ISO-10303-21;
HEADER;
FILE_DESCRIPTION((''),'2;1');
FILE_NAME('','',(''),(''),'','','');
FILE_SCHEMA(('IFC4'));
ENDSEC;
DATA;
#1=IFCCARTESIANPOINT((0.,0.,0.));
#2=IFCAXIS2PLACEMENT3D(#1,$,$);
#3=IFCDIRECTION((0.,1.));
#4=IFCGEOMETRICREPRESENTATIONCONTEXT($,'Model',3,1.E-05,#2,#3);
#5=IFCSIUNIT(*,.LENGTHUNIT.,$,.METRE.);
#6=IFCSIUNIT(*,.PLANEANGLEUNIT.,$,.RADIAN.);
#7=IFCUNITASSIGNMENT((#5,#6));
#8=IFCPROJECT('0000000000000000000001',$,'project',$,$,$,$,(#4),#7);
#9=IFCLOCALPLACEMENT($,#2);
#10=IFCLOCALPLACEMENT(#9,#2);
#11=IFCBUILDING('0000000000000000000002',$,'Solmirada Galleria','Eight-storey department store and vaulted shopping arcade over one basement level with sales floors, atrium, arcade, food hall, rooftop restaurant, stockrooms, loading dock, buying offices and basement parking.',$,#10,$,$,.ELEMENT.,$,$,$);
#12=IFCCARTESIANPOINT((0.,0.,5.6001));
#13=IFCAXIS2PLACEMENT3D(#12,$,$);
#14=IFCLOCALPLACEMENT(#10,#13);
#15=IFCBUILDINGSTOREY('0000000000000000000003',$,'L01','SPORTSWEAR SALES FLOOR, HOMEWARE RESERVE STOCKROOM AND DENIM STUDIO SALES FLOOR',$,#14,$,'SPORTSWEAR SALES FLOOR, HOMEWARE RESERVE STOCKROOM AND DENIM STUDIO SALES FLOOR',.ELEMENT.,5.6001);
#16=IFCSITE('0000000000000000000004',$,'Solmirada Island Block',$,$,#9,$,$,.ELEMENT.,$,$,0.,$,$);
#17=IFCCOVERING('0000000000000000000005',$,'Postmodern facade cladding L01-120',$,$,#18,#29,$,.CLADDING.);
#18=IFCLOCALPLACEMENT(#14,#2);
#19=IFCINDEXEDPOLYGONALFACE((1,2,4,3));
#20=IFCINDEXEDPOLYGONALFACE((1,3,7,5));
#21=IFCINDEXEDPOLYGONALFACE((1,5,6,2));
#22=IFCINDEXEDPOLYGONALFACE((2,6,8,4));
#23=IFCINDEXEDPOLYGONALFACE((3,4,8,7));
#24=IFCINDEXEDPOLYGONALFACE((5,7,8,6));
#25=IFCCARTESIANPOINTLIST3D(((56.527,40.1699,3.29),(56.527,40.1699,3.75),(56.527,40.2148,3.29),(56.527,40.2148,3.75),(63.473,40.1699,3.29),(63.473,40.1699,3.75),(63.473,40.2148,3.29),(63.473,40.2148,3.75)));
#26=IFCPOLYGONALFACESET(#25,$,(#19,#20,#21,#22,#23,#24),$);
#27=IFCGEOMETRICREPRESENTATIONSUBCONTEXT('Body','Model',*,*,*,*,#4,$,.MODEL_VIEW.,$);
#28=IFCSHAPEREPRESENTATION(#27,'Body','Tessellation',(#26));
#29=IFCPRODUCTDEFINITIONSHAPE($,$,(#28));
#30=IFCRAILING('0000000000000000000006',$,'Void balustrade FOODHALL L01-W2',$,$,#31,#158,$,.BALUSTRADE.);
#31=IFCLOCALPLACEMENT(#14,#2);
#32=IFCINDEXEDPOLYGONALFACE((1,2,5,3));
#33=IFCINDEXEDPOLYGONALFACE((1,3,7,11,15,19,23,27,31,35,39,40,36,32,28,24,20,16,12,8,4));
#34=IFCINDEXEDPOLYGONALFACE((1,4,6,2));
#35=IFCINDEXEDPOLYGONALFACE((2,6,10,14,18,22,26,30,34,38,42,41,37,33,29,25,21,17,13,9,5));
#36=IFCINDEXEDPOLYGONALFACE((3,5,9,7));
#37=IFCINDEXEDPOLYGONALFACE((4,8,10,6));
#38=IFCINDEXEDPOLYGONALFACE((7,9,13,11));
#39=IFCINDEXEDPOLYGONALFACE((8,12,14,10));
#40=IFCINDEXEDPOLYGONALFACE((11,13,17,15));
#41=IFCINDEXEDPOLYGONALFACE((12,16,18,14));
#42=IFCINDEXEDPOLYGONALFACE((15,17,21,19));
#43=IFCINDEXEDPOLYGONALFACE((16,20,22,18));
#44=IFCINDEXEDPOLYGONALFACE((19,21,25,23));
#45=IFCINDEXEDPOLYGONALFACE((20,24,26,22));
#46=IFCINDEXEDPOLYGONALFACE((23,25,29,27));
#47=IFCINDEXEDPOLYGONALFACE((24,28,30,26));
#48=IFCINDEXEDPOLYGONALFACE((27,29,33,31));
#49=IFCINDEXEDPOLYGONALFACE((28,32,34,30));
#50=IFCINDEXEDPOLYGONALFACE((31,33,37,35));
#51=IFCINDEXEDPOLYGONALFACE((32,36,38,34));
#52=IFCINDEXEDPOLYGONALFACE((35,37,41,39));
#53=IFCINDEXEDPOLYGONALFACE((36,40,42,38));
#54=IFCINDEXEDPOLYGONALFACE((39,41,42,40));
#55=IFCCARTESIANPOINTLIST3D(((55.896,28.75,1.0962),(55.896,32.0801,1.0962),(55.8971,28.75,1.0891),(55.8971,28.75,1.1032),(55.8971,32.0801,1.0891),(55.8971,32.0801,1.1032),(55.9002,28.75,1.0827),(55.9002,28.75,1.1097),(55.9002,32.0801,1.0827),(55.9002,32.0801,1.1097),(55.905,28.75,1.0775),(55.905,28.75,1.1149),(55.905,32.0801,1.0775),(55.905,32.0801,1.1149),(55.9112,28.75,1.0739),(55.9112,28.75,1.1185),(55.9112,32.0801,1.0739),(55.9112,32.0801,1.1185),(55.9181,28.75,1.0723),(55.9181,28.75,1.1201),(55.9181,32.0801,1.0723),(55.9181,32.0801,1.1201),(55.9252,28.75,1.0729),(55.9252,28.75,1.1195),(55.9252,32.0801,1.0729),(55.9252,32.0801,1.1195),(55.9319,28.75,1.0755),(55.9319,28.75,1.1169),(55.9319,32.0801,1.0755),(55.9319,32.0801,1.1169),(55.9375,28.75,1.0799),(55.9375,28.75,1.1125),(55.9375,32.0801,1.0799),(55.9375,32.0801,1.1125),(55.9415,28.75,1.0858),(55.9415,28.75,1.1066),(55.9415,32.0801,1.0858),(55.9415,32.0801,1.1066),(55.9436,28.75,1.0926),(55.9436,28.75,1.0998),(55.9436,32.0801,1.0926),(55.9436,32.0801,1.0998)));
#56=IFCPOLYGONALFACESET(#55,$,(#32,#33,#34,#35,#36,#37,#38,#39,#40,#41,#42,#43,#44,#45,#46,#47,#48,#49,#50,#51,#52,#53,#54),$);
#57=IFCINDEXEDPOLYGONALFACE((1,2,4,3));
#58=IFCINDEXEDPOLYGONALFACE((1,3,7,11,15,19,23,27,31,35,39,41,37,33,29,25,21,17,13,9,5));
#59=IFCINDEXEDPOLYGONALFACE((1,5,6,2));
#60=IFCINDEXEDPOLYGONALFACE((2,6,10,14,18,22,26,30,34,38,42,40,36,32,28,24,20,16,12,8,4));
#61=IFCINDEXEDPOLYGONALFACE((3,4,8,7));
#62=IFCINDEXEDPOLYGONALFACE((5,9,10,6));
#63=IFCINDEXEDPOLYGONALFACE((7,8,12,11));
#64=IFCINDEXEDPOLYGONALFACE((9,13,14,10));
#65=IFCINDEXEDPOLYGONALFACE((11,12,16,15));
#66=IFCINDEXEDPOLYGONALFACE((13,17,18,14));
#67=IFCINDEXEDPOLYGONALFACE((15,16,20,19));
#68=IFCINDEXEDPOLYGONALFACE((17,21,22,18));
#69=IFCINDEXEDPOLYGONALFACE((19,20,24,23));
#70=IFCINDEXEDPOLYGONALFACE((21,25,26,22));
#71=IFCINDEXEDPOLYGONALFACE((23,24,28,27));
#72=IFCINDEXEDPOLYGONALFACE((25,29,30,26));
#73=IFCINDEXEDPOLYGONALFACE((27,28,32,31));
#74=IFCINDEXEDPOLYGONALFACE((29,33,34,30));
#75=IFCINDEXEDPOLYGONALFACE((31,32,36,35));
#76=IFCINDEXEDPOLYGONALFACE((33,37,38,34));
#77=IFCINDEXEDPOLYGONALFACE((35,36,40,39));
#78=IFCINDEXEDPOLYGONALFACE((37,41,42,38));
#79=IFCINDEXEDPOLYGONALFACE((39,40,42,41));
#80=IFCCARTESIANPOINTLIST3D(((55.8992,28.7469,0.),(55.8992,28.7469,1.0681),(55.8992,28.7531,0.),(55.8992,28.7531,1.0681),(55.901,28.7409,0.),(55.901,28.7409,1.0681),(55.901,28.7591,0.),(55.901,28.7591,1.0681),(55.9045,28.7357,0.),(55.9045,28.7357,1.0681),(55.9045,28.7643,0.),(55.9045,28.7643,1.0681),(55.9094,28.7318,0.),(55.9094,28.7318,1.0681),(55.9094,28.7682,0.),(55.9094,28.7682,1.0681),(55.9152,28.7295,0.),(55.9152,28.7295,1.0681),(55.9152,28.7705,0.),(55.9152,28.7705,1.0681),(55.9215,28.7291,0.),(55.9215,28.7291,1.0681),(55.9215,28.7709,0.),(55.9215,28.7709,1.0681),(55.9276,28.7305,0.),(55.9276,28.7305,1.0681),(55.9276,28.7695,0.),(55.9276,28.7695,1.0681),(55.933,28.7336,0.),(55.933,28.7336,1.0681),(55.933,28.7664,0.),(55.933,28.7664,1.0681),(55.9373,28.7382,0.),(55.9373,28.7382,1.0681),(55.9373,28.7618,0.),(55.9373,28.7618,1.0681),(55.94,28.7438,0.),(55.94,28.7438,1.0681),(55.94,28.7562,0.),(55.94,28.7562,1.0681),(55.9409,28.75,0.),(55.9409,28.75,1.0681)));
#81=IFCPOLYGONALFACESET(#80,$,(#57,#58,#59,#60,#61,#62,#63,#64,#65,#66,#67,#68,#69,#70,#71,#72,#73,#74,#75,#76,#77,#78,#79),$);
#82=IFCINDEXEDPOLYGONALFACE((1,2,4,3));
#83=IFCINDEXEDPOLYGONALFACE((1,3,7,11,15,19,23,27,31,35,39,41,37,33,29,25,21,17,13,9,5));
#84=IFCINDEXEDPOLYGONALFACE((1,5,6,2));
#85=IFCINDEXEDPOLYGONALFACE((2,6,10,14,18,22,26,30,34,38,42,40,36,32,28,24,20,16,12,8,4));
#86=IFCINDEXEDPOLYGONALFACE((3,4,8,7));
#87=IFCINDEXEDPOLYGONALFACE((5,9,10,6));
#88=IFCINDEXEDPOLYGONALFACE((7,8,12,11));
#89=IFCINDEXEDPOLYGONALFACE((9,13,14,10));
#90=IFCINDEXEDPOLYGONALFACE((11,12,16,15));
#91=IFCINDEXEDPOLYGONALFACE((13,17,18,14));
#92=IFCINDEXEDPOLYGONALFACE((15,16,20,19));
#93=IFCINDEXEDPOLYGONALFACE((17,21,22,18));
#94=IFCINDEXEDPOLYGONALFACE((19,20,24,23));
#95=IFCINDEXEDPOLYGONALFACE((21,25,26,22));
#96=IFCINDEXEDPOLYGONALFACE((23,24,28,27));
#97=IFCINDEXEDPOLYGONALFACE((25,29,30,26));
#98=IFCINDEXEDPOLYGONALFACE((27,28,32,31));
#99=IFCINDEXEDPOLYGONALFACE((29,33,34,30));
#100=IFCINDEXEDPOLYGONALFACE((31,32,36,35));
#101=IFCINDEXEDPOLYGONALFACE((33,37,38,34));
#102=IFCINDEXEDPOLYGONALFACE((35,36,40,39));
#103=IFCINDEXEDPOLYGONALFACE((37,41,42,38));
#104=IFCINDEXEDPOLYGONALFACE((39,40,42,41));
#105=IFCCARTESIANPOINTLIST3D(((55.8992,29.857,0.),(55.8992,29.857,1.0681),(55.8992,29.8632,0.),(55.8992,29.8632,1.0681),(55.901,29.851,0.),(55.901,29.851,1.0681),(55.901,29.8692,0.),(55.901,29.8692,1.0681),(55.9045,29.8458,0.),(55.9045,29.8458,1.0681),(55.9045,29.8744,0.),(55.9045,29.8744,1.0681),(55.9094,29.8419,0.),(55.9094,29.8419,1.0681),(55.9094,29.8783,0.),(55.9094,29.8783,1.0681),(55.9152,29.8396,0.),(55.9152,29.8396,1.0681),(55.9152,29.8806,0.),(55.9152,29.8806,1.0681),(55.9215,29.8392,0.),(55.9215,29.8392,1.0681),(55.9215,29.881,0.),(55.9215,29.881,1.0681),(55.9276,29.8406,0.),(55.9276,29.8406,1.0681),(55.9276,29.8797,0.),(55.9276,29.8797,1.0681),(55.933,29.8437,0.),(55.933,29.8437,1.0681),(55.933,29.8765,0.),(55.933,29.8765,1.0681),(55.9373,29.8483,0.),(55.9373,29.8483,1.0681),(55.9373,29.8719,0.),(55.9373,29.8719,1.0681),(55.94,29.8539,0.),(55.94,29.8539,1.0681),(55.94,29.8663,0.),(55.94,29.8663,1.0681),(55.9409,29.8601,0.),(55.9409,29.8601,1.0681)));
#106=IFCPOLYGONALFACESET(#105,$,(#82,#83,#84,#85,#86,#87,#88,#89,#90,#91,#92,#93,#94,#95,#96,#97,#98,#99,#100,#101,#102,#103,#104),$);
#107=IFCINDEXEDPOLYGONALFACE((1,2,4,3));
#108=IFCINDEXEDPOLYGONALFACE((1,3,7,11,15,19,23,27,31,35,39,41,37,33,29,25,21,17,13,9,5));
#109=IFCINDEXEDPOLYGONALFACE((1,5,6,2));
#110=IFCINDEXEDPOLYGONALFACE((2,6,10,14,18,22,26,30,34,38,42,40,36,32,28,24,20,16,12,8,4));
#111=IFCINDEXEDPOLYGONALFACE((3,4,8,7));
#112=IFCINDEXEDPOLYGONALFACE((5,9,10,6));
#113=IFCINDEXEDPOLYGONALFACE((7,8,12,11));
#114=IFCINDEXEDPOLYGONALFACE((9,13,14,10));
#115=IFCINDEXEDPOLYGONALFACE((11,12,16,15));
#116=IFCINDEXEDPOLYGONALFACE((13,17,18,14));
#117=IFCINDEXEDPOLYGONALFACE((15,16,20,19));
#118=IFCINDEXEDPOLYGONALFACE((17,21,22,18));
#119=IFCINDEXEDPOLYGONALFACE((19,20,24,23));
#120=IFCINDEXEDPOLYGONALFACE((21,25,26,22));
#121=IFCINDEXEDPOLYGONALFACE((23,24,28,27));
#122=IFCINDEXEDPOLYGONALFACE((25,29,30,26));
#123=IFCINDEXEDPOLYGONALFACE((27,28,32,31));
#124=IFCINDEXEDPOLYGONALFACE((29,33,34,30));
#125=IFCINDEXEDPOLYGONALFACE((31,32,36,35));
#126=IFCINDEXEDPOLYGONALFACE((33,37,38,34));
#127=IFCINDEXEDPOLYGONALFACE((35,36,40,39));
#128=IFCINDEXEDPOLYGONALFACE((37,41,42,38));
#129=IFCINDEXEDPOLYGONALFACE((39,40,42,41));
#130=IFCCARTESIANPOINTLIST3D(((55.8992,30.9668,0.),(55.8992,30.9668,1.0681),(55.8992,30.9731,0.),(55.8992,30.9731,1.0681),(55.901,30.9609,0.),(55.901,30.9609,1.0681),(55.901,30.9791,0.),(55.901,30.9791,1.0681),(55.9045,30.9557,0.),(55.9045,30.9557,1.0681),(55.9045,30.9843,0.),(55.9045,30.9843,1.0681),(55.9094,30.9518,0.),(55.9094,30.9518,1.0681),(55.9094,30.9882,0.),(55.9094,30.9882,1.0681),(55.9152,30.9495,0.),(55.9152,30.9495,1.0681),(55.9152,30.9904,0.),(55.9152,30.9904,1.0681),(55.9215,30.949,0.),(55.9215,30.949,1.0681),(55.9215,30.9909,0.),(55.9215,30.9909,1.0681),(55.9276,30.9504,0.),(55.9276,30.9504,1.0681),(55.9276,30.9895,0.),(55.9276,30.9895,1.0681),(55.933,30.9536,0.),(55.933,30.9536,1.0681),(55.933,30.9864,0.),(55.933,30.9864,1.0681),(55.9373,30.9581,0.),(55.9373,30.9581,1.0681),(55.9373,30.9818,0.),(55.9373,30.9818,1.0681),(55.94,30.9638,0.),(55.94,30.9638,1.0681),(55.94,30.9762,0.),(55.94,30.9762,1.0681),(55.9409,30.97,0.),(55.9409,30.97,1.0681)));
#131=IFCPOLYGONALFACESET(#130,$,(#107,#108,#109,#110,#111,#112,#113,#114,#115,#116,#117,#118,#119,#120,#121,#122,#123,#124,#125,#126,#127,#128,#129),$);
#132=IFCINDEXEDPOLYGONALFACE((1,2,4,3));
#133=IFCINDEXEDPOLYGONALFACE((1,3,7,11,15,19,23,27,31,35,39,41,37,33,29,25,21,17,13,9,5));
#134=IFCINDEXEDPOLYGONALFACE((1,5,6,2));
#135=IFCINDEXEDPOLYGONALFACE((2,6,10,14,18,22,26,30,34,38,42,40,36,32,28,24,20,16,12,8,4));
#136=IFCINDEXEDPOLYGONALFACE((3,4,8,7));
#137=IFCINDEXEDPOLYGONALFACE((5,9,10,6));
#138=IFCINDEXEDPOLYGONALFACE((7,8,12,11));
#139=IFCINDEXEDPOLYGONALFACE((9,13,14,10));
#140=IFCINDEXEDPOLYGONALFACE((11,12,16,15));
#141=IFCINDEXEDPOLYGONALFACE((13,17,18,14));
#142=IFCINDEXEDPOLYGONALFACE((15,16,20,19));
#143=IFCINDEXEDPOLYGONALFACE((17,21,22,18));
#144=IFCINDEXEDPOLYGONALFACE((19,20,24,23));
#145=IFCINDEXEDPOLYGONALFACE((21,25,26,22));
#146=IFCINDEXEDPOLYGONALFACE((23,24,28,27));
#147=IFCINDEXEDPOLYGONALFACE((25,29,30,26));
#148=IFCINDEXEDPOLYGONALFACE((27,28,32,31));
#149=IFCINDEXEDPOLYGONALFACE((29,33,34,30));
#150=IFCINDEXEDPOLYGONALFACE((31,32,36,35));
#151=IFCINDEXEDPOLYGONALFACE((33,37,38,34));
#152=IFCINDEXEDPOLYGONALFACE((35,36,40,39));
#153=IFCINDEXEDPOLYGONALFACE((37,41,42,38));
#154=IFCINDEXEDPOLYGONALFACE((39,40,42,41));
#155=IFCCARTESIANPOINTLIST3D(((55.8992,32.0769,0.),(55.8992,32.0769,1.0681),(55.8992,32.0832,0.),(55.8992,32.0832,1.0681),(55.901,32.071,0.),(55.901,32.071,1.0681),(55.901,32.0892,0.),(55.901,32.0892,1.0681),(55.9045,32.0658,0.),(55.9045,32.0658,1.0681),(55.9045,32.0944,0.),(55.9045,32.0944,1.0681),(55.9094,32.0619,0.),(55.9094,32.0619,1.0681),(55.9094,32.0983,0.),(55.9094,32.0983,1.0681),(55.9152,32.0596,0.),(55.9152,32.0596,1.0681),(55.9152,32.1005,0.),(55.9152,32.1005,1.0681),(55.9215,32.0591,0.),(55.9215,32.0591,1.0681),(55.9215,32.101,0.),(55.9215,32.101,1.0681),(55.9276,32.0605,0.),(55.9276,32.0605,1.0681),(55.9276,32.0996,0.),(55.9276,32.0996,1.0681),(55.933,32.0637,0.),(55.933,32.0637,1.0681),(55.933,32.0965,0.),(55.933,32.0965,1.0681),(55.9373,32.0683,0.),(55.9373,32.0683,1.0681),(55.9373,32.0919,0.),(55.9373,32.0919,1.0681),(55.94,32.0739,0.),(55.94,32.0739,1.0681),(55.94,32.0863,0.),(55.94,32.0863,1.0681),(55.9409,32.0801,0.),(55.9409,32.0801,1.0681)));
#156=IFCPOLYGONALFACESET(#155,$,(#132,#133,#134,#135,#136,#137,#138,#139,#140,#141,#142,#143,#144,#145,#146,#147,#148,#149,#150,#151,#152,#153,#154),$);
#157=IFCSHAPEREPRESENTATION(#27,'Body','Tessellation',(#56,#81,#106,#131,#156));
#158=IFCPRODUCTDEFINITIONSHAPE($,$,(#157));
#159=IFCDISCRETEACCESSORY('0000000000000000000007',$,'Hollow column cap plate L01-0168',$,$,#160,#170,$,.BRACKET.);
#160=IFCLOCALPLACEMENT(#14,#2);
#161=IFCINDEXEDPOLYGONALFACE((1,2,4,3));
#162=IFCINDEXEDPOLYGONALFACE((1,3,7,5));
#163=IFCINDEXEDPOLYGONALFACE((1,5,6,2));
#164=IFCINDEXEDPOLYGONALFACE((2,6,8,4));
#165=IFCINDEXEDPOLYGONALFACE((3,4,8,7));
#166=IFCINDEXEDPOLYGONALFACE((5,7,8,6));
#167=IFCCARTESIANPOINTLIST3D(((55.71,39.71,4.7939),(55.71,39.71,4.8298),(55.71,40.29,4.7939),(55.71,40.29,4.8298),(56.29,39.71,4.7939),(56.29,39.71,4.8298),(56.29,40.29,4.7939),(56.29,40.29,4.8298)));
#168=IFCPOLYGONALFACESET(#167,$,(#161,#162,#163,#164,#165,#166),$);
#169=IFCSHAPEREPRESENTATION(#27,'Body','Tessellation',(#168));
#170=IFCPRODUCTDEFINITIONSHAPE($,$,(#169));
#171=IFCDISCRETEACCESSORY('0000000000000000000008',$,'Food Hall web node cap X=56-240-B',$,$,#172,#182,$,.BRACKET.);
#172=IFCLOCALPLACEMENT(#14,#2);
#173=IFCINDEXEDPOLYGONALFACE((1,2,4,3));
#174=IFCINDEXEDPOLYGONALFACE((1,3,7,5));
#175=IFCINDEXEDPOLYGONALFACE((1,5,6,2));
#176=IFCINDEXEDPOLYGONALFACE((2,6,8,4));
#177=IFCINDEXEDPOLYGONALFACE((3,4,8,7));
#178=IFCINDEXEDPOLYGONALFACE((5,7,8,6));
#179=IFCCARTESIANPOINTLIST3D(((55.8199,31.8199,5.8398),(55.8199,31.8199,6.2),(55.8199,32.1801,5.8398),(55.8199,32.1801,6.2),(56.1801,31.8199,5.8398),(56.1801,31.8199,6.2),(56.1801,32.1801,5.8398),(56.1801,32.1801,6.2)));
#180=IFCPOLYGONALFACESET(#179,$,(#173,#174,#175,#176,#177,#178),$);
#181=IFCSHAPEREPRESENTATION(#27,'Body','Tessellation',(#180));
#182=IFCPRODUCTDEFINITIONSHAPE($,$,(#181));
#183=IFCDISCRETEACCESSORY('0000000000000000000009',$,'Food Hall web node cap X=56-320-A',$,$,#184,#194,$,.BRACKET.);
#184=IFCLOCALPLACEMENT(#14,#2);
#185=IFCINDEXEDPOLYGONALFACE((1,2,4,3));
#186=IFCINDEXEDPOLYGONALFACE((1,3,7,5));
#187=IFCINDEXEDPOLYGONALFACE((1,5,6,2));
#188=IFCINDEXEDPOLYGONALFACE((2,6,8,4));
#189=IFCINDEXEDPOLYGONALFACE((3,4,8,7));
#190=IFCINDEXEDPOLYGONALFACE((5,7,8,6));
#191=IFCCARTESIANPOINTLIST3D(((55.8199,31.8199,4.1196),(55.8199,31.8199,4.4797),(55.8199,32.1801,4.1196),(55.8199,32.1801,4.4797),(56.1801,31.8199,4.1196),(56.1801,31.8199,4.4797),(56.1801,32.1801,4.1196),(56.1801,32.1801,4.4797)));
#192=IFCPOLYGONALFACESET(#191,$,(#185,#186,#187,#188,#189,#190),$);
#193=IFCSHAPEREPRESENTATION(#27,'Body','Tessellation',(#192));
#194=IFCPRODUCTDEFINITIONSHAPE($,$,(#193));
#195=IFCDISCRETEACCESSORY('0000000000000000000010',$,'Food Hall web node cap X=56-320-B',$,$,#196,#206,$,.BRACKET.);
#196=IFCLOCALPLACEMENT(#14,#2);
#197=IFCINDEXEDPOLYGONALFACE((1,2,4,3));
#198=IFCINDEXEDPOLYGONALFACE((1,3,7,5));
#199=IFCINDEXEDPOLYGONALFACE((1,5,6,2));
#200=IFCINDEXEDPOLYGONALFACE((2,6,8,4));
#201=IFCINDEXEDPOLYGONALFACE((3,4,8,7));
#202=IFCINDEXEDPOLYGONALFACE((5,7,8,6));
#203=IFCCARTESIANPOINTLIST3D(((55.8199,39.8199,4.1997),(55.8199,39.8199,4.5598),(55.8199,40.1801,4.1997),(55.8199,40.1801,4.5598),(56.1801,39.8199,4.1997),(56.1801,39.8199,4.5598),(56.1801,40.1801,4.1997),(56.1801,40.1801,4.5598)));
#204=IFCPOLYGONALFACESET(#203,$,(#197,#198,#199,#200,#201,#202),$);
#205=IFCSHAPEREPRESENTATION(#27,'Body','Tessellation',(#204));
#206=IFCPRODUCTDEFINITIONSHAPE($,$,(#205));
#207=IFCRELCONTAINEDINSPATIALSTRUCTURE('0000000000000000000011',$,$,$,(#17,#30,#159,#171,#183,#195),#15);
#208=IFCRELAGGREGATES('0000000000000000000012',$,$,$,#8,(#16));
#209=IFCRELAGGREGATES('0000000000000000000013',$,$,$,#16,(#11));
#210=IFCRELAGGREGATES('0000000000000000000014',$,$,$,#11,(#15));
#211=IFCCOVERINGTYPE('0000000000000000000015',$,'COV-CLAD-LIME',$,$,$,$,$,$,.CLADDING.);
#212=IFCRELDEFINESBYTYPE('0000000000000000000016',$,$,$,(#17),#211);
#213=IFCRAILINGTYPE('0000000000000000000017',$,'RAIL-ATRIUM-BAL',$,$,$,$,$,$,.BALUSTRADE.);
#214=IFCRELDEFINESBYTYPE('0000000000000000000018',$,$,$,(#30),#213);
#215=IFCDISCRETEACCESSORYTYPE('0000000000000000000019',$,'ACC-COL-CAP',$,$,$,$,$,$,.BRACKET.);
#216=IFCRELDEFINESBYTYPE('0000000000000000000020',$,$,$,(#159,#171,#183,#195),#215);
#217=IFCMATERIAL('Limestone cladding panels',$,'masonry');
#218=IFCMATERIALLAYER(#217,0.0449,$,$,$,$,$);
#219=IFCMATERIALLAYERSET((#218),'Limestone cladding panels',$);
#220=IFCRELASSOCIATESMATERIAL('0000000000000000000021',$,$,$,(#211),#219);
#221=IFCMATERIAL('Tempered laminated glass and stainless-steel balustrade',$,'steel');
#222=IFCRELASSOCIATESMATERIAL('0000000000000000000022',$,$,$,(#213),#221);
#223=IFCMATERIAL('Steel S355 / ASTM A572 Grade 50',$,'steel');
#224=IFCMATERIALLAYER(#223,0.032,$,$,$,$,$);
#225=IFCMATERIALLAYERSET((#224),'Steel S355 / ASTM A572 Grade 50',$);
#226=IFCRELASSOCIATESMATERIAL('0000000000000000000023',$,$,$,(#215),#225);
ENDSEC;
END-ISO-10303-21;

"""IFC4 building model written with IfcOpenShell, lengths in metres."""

from ifc_helpers import new_model, si_unit, direction, frame, origin, origin_2d, place, context, subcontext, project, spatial, rectangle, circle, extrude, material, layer, layer_set, type_object, element, save


model = new_model("IFC4")

# Units and contexts
model_context = context("Model", 3, precision=1e-05, world=origin(), true_north=direction((0.0, 1.0)))
body_context = subcontext(model_context, "Body", "Model", "MODEL_VIEW")
ifc_project = project(units=[si_unit("LENGTHUNIT", "METRE"), si_unit("PLANEANGLEUNIT", "RADIAN")], contexts=[model_context])

# Site, building, storey
site_placement = place(None, origin())
site = spatial("IfcSite", under=ifc_project, at=site_placement, Name="Solmirada Island Block", CompositionType="ELEMENT", RefElevation=0.0)
building_placement = place(site_placement, origin())
building = spatial("IfcBuilding", under=site, at=building_placement, Name="Solmirada Galleria", Description="Eight-storey department store and vaulted shopping arcade over one basement level with sales floors, atrium, arcade, food hall, rooftop restaurant, stockrooms, loading dock, buying offices and basement parking.", CompositionType="ELEMENT")
storey_placement = place(building_placement, frame((0.0, 0.0, 5.6001)))
storey = spatial("IfcBuildingStorey", under=building, at=storey_placement, Name="L01", Description="SPORTSWEAR SALES FLOOR, HOMEWARE RESERVE STOCKROOM AND DENIM STUDIO SALES FLOOR", LongName="SPORTSWEAR SALES FLOOR, HOMEWARE RESERVE STOCKROOM AND DENIM STUDIO SALES FLOOR", CompositionType="ELEMENT", Elevation=5.6001)

# Covering
ifc_material_1 = material(Name="Limestone cladding panels", Category="masonry")
ifc_layer_1 = layer(ifc_material_1, 0.0449)
ifc_layer_set_1 = layer_set([ifc_layer_1], Name="Limestone cladding panels")
covering_type = type_object("IfcCoveringType", Name="COV-CLAD-LIME", PredefinedType="CLADDING", material=ifc_layer_set_1)
covering_placement = place(storey_placement, frame((60.0, 40.1924, 3.29), z_axis=(0.0, 0.0, 1.0), x_axis=(1.0, 0.0, 0.0)))
element("IfcCovering", 1, at=covering_placement, inside=storey, type_object=covering_type, Name="Postmodern facade cladding L01-120", PredefinedType="CLADDING", context=body_context, shape_type="SweptSolid", body=[
    extrude(rectangle(XDim=6.946, YDim=0.0449, at=origin_2d()), origin(), (0.0, 0.0, 1.0), 0.46),
])

# Railing
ifc_material_2 = material(Name="Tempered laminated glass and stainless-steel balustrade", Category="steel")
railing_type = type_object("IfcRailingType", Name="RAIL-ATRIUM-BAL", PredefinedType="BALUSTRADE", material=ifc_material_2)
railing_1_placement = place(storey_placement, frame((55.9199, 28.75, 0.0)))
element("IfcRailing", 2, at=railing_1_placement, inside=storey, type_object=railing_type, Name="Void balustrade FOODHALL L01-W2", PredefinedType="BALUSTRADE", context=body_context, shape_type="SweptSolid", body=[
    extrude(circle(Radius=0.0239, at=origin_2d()), frame((0.0, 0.0, 1.0962), z_axis=(0.0, 1.0, 0.0), x_axis=(-1.0, 0.0, 0.0)), (0.0, 0.0, 1.0), 3.3301),
    extrude(circle(Radius=0.021, at=origin_2d()), origin(), (0.0, 0.0, 1.0), 1.0681),
    extrude(circle(Radius=0.021, at=origin_2d()), frame((0.0, 1.1101, 0.0)), (0.0, 0.0, 1.0), 1.0681),
    extrude(circle(Radius=0.021, at=origin_2d()), frame((0.0, 2.22, 0.0)), (0.0, 0.0, 1.0), 1.0681),
    extrude(circle(Radius=0.021, at=origin_2d()), frame((0.0, 3.3301, 0.0)), (0.0, 0.0, 1.0), 1.0681),
])

# Discrete accessories
ifc_material_3 = material(Name="Steel S355 / ASTM A572 Grade 50", Category="steel")
ifc_layer_2 = layer(ifc_material_3, 0.032)
ifc_layer_set_2 = layer_set([ifc_layer_2], Name="Steel S355 / ASTM A572 Grade 50")
discrete_accessory_type = type_object("IfcDiscreteAccessoryType", Name="ACC-COL-CAP", PredefinedType="BRACKET", material=ifc_layer_set_2)
discrete_accessory_placement = place(storey_placement, frame((56.0, 40.0, 4.7939), z_axis=(0.0, 0.0, 1.0), x_axis=(1.0, 0.0, 0.0)))
element("IfcDiscreteAccessory", 3, at=discrete_accessory_placement, inside=storey, type_object=discrete_accessory_type, Name="Hollow column cap plate L01-0168", PredefinedType="BRACKET", context=body_context, shape_type="SweptSolid", body=[
    extrude(rectangle(XDim=0.5801, YDim=0.5801, at=origin_2d()), origin(), (0.0, 0.0, 1.0), 0.0359),
])
for number, where, z_axis, x_axis, name in (
    (4, (56.0, 32.0, 5.8398), (0.0, 0.0, 1.0), (1.0, 0.0, 0.0), "Food Hall web node cap X=56-240-B"),
    (5, (56.0, 32.0, 4.1196), (0.0, 0.0, 1.0), (1.0, 0.0, 0.0), "Food Hall web node cap X=56-320-A"),
    (6, (56.0, 40.0, 4.1997), (0.0, 0.0, 1.0), (1.0, 0.0, 0.0), "Food Hall web node cap X=56-320-B"),
):
    element("IfcDiscreteAccessory", number, at=place(storey_placement, frame(where, z_axis=z_axis, x_axis=x_axis)), inside=storey, type_object=discrete_accessory_type, Name=name, PredefinedType="BRACKET", context=body_context, shape_type="SweptSolid", body=[
        extrude(rectangle(XDim=0.3601, YDim=0.3601, at=origin_2d()), origin(), (0.0, 0.0, 1.0), 0.3601),
    ])

save(model, "model.ifc")
